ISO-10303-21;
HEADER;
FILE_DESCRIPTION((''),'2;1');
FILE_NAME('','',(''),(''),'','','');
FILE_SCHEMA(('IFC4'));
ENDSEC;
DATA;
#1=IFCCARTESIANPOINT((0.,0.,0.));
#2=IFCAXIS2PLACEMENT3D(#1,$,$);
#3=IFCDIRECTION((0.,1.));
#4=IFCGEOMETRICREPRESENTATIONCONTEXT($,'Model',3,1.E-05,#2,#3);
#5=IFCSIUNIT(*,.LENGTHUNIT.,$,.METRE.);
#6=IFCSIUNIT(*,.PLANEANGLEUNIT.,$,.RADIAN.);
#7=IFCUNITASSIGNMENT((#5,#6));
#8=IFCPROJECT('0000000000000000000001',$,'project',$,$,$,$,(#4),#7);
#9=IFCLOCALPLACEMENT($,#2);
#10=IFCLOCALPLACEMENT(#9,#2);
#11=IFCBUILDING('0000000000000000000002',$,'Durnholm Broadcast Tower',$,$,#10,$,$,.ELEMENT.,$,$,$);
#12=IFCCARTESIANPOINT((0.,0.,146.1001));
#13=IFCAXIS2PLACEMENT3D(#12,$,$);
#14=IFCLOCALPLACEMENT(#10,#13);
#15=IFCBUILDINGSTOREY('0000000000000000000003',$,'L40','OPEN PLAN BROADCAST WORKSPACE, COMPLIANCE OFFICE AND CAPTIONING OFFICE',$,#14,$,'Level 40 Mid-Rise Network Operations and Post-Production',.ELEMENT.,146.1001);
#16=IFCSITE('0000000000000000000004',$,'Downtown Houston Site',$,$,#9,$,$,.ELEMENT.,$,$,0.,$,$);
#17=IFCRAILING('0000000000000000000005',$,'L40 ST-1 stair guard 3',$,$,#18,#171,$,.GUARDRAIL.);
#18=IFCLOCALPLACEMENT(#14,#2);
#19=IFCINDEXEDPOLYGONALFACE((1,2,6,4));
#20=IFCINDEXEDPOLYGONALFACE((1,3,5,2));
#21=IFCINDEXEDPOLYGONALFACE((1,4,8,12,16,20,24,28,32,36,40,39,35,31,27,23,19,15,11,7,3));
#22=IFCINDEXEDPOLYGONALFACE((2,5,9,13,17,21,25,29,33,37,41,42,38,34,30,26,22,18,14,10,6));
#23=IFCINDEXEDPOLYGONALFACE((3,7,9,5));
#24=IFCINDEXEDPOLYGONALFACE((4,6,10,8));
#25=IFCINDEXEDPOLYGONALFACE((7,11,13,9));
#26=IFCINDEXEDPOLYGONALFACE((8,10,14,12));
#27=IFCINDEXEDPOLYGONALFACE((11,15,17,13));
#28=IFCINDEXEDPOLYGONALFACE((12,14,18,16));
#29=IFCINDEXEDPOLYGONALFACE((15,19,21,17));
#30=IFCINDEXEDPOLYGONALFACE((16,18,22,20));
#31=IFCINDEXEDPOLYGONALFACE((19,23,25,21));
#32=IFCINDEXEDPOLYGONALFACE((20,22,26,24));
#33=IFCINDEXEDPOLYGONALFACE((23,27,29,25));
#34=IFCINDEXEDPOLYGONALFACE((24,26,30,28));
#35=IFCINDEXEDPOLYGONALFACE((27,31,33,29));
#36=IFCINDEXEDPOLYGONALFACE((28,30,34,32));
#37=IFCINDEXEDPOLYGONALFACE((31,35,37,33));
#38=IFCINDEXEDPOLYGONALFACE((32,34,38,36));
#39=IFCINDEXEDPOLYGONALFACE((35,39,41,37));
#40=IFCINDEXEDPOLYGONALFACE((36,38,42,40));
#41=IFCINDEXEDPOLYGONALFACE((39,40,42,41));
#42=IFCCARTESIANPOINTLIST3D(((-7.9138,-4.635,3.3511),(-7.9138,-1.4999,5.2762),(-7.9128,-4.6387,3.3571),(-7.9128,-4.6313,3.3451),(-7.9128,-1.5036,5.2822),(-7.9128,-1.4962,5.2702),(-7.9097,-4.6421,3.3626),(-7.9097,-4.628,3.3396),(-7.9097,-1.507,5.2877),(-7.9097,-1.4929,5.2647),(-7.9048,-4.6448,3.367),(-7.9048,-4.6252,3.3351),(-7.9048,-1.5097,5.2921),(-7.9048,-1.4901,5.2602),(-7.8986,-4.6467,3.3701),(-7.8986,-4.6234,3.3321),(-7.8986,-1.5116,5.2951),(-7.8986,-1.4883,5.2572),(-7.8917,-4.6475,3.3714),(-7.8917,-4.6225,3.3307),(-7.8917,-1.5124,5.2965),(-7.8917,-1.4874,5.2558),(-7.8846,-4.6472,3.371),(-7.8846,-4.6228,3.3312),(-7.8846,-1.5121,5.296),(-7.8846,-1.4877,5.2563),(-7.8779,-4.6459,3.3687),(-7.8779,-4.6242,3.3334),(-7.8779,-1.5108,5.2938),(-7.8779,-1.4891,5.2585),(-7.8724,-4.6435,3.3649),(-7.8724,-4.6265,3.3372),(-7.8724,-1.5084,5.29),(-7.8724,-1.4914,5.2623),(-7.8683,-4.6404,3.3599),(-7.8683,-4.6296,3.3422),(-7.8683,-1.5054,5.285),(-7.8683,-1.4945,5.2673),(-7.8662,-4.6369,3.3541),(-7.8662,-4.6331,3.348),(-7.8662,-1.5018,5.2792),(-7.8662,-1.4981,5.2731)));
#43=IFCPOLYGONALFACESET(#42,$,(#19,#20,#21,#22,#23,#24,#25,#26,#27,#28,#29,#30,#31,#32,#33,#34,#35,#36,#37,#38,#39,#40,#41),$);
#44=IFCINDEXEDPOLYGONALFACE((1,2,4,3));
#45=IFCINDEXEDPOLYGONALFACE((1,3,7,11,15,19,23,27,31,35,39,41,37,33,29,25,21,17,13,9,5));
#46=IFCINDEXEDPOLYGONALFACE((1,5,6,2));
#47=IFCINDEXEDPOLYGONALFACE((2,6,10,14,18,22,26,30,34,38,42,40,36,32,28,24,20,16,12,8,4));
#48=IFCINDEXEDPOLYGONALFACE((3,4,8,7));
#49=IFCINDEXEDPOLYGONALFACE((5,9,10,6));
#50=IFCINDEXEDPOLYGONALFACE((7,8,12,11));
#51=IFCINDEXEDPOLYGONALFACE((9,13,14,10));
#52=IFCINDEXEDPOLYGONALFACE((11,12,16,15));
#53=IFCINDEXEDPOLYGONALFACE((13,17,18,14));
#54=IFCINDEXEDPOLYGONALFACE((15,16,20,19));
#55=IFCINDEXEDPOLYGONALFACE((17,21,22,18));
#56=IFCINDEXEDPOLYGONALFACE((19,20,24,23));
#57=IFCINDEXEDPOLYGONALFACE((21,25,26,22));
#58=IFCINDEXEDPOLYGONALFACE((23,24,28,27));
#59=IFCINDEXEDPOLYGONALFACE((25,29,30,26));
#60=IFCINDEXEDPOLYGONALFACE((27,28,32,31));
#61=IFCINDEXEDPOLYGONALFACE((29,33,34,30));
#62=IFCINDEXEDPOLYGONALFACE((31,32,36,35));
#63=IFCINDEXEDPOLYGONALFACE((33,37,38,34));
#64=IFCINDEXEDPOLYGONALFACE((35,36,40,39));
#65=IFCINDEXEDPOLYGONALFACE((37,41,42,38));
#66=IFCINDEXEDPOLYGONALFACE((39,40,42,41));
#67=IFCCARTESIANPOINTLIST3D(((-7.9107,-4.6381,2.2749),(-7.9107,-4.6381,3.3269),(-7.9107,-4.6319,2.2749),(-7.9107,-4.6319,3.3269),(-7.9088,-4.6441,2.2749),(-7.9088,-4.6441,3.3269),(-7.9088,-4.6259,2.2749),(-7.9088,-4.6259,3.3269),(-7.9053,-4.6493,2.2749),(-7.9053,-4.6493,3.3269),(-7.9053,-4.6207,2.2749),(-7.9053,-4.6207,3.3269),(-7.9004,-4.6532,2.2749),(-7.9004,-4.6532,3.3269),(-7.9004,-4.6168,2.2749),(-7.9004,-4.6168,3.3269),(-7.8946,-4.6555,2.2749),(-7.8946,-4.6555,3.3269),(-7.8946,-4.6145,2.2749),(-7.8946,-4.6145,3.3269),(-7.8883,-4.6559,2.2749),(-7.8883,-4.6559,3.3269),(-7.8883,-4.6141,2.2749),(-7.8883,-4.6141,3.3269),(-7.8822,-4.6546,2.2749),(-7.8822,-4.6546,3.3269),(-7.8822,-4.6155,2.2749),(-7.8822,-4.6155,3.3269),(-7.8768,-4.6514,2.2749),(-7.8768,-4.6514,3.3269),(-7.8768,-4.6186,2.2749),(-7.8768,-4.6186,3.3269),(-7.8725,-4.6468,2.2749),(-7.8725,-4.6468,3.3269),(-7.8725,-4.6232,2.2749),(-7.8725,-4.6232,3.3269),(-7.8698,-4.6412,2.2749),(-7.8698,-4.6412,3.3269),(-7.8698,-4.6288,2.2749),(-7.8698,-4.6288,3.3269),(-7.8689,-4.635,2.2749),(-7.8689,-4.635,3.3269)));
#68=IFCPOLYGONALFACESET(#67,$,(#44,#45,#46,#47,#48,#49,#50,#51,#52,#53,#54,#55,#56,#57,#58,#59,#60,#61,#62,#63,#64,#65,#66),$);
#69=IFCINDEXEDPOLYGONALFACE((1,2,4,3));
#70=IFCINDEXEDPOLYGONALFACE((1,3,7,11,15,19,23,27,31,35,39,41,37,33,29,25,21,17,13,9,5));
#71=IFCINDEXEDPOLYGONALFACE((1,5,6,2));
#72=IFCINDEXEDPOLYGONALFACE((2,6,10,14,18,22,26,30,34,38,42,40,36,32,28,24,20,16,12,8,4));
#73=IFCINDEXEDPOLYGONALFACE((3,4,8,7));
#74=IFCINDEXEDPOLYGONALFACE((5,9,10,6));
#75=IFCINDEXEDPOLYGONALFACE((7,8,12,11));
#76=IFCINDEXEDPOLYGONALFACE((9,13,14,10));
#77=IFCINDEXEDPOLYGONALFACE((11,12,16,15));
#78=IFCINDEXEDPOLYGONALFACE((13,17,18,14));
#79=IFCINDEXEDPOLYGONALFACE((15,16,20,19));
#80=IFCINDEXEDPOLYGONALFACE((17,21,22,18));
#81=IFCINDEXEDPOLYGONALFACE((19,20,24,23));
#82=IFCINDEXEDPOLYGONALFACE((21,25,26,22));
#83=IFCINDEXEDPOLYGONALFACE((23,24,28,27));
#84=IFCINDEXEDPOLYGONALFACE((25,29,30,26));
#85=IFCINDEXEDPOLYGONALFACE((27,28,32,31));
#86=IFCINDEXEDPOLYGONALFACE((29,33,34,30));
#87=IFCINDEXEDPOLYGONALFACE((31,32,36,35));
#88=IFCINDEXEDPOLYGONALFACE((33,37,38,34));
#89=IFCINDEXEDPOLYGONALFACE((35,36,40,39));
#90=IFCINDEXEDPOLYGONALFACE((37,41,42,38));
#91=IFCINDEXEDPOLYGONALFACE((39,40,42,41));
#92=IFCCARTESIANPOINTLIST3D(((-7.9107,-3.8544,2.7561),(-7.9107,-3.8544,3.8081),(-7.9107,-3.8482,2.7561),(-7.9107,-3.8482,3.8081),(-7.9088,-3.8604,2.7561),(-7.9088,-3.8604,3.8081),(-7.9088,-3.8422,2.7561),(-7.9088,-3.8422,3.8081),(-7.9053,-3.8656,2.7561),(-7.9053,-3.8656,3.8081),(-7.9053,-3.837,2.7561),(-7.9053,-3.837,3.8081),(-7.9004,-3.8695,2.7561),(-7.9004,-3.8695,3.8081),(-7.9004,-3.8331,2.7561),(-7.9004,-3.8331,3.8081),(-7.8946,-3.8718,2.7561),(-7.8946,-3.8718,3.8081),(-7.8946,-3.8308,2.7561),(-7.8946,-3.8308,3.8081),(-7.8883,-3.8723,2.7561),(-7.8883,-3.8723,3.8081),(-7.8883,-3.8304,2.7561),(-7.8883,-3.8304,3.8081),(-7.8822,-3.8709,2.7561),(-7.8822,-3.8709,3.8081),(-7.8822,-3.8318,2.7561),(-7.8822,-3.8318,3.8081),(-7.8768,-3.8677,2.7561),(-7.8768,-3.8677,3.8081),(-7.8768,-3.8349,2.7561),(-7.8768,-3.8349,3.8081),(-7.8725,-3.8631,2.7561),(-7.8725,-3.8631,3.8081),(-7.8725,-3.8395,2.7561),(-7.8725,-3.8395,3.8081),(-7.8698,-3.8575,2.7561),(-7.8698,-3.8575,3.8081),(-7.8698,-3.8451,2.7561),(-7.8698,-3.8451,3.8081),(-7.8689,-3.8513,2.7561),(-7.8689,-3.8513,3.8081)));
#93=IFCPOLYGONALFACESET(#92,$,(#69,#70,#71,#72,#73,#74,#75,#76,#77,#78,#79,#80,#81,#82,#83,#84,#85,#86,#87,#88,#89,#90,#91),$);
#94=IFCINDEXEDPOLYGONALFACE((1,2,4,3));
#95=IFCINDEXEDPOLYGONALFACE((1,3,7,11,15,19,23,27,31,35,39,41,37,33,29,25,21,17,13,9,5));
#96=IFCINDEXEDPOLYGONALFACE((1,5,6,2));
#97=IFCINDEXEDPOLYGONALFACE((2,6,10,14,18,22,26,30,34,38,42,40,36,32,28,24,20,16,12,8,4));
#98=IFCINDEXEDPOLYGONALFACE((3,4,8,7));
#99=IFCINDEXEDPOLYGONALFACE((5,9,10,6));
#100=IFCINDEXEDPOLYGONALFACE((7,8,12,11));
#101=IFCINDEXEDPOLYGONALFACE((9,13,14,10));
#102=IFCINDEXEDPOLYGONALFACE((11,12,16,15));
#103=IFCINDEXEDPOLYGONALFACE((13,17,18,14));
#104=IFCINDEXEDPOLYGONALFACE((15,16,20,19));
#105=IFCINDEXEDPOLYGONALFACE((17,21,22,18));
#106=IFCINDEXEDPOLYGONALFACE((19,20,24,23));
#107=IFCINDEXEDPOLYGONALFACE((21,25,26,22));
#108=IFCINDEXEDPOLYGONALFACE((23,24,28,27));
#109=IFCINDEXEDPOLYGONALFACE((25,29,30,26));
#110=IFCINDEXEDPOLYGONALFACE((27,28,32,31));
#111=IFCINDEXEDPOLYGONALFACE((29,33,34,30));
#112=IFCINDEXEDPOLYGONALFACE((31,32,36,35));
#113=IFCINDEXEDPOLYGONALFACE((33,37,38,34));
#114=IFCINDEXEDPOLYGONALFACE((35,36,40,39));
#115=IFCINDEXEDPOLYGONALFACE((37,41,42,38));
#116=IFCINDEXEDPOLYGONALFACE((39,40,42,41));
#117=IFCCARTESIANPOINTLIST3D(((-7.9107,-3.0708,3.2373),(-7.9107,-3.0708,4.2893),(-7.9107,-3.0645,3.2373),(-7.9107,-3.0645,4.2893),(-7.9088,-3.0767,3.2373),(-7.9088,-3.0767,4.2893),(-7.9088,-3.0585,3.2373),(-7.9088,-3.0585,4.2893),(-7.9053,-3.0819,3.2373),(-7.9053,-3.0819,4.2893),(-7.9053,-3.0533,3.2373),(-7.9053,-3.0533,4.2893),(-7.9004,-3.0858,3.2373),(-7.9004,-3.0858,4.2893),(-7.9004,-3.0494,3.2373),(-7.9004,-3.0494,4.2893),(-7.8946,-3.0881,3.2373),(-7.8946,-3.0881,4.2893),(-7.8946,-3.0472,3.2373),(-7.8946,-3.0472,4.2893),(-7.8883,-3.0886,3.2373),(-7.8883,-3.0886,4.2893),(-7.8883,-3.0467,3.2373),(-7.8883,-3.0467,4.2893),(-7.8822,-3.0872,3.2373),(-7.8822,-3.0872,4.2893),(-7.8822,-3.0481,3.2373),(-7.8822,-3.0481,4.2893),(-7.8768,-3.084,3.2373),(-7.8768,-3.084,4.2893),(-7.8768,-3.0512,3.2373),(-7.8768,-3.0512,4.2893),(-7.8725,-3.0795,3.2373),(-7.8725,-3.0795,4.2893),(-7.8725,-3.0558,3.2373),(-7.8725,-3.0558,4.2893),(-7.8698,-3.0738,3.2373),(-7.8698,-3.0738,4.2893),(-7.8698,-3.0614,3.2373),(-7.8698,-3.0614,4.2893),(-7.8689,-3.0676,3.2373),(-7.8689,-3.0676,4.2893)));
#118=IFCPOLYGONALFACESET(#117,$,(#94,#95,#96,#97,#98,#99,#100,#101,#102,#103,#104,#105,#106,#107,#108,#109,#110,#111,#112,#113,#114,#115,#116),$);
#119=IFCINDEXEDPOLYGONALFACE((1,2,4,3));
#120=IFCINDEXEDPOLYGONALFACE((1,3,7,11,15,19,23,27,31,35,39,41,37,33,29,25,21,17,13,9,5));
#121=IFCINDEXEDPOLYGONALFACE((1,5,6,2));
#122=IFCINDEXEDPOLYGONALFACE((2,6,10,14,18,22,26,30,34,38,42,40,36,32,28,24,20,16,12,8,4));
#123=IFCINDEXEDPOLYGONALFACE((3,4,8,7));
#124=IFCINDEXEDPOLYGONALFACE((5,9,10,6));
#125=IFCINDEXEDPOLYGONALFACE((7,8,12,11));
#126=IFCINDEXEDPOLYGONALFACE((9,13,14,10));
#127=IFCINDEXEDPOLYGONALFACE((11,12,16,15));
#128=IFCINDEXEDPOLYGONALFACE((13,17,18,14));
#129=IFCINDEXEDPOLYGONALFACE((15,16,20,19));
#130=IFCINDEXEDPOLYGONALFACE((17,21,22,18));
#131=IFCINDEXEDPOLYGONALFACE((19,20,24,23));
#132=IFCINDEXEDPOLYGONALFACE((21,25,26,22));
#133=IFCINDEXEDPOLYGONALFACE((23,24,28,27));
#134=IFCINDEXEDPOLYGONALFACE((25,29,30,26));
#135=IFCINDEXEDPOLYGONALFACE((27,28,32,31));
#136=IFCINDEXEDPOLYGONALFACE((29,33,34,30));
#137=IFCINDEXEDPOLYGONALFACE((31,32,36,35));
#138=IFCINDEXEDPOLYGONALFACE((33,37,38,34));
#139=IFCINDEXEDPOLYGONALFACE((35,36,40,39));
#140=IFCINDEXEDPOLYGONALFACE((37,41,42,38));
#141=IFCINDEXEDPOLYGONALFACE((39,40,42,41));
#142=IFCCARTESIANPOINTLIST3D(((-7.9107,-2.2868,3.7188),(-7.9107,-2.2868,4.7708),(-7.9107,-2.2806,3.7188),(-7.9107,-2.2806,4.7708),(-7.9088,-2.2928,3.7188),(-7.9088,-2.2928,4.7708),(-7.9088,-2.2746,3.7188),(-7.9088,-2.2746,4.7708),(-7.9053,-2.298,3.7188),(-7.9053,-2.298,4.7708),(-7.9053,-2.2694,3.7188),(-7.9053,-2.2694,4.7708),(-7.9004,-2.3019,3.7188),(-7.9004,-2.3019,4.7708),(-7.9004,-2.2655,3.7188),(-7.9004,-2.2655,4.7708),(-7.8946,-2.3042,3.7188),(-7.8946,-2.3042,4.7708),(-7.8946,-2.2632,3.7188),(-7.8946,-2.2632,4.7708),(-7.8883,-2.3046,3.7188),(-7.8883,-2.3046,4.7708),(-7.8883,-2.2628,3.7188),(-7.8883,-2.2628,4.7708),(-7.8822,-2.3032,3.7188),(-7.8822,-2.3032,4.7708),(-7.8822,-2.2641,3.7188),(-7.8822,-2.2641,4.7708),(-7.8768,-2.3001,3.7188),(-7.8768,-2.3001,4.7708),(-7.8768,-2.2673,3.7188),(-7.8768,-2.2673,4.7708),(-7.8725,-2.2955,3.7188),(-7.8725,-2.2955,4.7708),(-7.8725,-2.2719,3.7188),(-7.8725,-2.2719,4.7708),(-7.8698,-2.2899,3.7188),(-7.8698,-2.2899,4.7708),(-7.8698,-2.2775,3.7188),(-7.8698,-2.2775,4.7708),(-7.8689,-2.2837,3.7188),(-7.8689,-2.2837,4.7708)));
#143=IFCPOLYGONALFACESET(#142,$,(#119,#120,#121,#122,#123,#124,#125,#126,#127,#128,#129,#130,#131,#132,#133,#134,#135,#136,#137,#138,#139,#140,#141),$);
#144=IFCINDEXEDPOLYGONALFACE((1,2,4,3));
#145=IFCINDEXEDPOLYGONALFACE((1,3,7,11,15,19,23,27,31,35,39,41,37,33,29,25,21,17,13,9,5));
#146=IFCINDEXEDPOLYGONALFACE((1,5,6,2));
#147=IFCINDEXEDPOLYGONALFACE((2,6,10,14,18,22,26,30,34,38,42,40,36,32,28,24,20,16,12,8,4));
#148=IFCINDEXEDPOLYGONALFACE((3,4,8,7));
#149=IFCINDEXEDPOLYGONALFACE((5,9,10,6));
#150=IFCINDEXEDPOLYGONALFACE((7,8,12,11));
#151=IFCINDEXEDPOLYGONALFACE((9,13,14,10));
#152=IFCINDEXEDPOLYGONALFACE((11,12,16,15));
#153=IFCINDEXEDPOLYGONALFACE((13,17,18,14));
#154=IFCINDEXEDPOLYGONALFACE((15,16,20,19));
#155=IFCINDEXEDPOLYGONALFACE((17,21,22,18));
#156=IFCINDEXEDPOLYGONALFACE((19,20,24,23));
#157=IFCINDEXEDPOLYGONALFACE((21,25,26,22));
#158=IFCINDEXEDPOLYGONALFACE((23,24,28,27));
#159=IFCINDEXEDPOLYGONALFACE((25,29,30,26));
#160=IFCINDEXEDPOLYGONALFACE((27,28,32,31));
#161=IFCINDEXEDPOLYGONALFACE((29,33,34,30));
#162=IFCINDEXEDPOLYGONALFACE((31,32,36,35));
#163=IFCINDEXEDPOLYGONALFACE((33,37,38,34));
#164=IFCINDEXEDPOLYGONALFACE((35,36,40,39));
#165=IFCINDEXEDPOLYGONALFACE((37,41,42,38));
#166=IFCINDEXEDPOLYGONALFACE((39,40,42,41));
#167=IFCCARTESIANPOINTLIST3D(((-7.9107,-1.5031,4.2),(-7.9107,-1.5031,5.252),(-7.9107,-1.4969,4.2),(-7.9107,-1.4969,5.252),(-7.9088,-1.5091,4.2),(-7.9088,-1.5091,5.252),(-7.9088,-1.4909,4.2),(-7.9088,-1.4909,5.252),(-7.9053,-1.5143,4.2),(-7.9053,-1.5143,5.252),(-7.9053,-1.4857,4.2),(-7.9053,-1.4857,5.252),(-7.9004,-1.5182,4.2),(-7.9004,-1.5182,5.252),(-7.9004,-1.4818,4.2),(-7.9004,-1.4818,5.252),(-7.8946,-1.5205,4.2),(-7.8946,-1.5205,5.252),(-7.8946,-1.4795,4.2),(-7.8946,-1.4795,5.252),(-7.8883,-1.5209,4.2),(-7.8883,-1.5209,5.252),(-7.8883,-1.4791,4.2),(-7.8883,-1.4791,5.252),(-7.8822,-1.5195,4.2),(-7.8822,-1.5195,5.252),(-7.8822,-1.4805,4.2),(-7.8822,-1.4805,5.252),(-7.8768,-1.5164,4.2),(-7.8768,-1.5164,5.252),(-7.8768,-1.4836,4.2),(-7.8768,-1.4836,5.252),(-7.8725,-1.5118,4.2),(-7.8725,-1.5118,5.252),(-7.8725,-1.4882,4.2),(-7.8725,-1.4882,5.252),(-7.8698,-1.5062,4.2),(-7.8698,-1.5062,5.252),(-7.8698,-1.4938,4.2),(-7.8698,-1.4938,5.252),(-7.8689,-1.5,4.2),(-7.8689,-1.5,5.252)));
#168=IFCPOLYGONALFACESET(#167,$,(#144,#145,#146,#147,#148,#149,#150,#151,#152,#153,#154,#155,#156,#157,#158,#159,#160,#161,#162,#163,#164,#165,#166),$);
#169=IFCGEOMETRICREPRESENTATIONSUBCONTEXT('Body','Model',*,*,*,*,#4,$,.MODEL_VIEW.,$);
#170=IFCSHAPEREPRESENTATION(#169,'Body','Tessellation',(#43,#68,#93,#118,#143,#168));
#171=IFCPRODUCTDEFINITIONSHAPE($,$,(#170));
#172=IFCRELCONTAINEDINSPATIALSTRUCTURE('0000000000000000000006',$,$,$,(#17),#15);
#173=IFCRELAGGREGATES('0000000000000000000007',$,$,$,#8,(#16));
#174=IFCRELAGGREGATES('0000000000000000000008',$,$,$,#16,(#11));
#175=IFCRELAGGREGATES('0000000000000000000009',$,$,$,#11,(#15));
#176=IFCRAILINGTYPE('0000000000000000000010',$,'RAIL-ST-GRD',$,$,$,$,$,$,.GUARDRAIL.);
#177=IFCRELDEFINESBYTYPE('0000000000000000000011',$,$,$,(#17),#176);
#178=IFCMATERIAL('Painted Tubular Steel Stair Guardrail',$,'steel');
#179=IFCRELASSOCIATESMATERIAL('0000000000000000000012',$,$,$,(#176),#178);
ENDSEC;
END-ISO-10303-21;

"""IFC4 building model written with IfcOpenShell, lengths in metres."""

from ifc_helpers import new_model, si_unit, direction, frame, origin, origin_2d, place, context, subcontext, project, spatial, circle, extrude, material, type_object, element, save


model = new_model("IFC4")

# Units and contexts
model_context = context("Model", 3, precision=1e-05, world=origin(), true_north=direction((0.0, 1.0)))
body_context = subcontext(model_context, "Body", "Model", "MODEL_VIEW")
ifc_project = project(units=[si_unit("LENGTHUNIT", "METRE"), si_unit("PLANEANGLEUNIT", "RADIAN")], contexts=[model_context])

# Site, building, storey
site_placement = place(None, origin())
site = spatial("IfcSite", under=ifc_project, at=site_placement, Name="Downtown Houston Site", CompositionType="ELEMENT", RefElevation=0.0)
building_placement = place(site_placement, origin())
building = spatial("IfcBuilding", under=site, at=building_placement, Name="Durnholm Broadcast Tower", CompositionType="ELEMENT")
storey_placement = place(building_placement, frame((0.0, 0.0, 146.1001)))
storey = spatial("IfcBuildingStorey", under=building, at=storey_placement, Name="L40", Description="OPEN PLAN BROADCAST WORKSPACE, COMPLIANCE OFFICE AND CAPTIONING OFFICE", LongName="Level 40 Mid-Rise Network Operations and Post-Production", CompositionType="ELEMENT", Elevation=146.1001)

# Railing
ifc_material_1 = material(Name="Painted Tubular Steel Stair Guardrail", Category="steel")
railing_type_1 = type_object("IfcRailingType", Name="RAIL-ST-GRD", PredefinedType="GUARDRAIL", material=ifc_material_1)
railing_1_placement = place(storey_placement, frame((-7.8899, -4.635, 2.2749)))
element("IfcRailing", 1, at=railing_1_placement, inside=storey, type_object=railing_type_1, Name="L40 ST-1 stair guard 3", PredefinedType="GUARDRAIL", context=body_context, shape_type="SweptSolid", body=[
    extrude(circle(Radius=0.0239, at=origin_2d()), frame((0.0, 0.0, 1.0762), z_axis=(0.0, 0.852166, 0.523271), x_axis=(-1.0, 0.0, 0.0)), (0.0, 0.0, 1.0), 3.679),
    extrude(circle(Radius=0.021, at=origin_2d()), origin(), (0.0, 0.0, 1.0), 1.052),
    extrude(circle(Radius=0.021, at=origin_2d()), frame((0.0, 0.7837, 0.4812)), (0.0, 0.0, 1.0), 1.052),
    extrude(circle(Radius=0.021, at=origin_2d()), frame((0.0, 1.5674, 0.9624)), (0.0, 0.0, 1.0), 1.052),
    extrude(circle(Radius=0.021, at=origin_2d()), frame((0.0, 2.3513, 1.4438)), (0.0, 0.0, 1.0), 1.052),
    extrude(circle(Radius=0.021, at=origin_2d()), frame((0.0, 3.135, 1.925)), (0.0, 0.0, 1.0), 1.052),
])

save(model, "model.ifc")
